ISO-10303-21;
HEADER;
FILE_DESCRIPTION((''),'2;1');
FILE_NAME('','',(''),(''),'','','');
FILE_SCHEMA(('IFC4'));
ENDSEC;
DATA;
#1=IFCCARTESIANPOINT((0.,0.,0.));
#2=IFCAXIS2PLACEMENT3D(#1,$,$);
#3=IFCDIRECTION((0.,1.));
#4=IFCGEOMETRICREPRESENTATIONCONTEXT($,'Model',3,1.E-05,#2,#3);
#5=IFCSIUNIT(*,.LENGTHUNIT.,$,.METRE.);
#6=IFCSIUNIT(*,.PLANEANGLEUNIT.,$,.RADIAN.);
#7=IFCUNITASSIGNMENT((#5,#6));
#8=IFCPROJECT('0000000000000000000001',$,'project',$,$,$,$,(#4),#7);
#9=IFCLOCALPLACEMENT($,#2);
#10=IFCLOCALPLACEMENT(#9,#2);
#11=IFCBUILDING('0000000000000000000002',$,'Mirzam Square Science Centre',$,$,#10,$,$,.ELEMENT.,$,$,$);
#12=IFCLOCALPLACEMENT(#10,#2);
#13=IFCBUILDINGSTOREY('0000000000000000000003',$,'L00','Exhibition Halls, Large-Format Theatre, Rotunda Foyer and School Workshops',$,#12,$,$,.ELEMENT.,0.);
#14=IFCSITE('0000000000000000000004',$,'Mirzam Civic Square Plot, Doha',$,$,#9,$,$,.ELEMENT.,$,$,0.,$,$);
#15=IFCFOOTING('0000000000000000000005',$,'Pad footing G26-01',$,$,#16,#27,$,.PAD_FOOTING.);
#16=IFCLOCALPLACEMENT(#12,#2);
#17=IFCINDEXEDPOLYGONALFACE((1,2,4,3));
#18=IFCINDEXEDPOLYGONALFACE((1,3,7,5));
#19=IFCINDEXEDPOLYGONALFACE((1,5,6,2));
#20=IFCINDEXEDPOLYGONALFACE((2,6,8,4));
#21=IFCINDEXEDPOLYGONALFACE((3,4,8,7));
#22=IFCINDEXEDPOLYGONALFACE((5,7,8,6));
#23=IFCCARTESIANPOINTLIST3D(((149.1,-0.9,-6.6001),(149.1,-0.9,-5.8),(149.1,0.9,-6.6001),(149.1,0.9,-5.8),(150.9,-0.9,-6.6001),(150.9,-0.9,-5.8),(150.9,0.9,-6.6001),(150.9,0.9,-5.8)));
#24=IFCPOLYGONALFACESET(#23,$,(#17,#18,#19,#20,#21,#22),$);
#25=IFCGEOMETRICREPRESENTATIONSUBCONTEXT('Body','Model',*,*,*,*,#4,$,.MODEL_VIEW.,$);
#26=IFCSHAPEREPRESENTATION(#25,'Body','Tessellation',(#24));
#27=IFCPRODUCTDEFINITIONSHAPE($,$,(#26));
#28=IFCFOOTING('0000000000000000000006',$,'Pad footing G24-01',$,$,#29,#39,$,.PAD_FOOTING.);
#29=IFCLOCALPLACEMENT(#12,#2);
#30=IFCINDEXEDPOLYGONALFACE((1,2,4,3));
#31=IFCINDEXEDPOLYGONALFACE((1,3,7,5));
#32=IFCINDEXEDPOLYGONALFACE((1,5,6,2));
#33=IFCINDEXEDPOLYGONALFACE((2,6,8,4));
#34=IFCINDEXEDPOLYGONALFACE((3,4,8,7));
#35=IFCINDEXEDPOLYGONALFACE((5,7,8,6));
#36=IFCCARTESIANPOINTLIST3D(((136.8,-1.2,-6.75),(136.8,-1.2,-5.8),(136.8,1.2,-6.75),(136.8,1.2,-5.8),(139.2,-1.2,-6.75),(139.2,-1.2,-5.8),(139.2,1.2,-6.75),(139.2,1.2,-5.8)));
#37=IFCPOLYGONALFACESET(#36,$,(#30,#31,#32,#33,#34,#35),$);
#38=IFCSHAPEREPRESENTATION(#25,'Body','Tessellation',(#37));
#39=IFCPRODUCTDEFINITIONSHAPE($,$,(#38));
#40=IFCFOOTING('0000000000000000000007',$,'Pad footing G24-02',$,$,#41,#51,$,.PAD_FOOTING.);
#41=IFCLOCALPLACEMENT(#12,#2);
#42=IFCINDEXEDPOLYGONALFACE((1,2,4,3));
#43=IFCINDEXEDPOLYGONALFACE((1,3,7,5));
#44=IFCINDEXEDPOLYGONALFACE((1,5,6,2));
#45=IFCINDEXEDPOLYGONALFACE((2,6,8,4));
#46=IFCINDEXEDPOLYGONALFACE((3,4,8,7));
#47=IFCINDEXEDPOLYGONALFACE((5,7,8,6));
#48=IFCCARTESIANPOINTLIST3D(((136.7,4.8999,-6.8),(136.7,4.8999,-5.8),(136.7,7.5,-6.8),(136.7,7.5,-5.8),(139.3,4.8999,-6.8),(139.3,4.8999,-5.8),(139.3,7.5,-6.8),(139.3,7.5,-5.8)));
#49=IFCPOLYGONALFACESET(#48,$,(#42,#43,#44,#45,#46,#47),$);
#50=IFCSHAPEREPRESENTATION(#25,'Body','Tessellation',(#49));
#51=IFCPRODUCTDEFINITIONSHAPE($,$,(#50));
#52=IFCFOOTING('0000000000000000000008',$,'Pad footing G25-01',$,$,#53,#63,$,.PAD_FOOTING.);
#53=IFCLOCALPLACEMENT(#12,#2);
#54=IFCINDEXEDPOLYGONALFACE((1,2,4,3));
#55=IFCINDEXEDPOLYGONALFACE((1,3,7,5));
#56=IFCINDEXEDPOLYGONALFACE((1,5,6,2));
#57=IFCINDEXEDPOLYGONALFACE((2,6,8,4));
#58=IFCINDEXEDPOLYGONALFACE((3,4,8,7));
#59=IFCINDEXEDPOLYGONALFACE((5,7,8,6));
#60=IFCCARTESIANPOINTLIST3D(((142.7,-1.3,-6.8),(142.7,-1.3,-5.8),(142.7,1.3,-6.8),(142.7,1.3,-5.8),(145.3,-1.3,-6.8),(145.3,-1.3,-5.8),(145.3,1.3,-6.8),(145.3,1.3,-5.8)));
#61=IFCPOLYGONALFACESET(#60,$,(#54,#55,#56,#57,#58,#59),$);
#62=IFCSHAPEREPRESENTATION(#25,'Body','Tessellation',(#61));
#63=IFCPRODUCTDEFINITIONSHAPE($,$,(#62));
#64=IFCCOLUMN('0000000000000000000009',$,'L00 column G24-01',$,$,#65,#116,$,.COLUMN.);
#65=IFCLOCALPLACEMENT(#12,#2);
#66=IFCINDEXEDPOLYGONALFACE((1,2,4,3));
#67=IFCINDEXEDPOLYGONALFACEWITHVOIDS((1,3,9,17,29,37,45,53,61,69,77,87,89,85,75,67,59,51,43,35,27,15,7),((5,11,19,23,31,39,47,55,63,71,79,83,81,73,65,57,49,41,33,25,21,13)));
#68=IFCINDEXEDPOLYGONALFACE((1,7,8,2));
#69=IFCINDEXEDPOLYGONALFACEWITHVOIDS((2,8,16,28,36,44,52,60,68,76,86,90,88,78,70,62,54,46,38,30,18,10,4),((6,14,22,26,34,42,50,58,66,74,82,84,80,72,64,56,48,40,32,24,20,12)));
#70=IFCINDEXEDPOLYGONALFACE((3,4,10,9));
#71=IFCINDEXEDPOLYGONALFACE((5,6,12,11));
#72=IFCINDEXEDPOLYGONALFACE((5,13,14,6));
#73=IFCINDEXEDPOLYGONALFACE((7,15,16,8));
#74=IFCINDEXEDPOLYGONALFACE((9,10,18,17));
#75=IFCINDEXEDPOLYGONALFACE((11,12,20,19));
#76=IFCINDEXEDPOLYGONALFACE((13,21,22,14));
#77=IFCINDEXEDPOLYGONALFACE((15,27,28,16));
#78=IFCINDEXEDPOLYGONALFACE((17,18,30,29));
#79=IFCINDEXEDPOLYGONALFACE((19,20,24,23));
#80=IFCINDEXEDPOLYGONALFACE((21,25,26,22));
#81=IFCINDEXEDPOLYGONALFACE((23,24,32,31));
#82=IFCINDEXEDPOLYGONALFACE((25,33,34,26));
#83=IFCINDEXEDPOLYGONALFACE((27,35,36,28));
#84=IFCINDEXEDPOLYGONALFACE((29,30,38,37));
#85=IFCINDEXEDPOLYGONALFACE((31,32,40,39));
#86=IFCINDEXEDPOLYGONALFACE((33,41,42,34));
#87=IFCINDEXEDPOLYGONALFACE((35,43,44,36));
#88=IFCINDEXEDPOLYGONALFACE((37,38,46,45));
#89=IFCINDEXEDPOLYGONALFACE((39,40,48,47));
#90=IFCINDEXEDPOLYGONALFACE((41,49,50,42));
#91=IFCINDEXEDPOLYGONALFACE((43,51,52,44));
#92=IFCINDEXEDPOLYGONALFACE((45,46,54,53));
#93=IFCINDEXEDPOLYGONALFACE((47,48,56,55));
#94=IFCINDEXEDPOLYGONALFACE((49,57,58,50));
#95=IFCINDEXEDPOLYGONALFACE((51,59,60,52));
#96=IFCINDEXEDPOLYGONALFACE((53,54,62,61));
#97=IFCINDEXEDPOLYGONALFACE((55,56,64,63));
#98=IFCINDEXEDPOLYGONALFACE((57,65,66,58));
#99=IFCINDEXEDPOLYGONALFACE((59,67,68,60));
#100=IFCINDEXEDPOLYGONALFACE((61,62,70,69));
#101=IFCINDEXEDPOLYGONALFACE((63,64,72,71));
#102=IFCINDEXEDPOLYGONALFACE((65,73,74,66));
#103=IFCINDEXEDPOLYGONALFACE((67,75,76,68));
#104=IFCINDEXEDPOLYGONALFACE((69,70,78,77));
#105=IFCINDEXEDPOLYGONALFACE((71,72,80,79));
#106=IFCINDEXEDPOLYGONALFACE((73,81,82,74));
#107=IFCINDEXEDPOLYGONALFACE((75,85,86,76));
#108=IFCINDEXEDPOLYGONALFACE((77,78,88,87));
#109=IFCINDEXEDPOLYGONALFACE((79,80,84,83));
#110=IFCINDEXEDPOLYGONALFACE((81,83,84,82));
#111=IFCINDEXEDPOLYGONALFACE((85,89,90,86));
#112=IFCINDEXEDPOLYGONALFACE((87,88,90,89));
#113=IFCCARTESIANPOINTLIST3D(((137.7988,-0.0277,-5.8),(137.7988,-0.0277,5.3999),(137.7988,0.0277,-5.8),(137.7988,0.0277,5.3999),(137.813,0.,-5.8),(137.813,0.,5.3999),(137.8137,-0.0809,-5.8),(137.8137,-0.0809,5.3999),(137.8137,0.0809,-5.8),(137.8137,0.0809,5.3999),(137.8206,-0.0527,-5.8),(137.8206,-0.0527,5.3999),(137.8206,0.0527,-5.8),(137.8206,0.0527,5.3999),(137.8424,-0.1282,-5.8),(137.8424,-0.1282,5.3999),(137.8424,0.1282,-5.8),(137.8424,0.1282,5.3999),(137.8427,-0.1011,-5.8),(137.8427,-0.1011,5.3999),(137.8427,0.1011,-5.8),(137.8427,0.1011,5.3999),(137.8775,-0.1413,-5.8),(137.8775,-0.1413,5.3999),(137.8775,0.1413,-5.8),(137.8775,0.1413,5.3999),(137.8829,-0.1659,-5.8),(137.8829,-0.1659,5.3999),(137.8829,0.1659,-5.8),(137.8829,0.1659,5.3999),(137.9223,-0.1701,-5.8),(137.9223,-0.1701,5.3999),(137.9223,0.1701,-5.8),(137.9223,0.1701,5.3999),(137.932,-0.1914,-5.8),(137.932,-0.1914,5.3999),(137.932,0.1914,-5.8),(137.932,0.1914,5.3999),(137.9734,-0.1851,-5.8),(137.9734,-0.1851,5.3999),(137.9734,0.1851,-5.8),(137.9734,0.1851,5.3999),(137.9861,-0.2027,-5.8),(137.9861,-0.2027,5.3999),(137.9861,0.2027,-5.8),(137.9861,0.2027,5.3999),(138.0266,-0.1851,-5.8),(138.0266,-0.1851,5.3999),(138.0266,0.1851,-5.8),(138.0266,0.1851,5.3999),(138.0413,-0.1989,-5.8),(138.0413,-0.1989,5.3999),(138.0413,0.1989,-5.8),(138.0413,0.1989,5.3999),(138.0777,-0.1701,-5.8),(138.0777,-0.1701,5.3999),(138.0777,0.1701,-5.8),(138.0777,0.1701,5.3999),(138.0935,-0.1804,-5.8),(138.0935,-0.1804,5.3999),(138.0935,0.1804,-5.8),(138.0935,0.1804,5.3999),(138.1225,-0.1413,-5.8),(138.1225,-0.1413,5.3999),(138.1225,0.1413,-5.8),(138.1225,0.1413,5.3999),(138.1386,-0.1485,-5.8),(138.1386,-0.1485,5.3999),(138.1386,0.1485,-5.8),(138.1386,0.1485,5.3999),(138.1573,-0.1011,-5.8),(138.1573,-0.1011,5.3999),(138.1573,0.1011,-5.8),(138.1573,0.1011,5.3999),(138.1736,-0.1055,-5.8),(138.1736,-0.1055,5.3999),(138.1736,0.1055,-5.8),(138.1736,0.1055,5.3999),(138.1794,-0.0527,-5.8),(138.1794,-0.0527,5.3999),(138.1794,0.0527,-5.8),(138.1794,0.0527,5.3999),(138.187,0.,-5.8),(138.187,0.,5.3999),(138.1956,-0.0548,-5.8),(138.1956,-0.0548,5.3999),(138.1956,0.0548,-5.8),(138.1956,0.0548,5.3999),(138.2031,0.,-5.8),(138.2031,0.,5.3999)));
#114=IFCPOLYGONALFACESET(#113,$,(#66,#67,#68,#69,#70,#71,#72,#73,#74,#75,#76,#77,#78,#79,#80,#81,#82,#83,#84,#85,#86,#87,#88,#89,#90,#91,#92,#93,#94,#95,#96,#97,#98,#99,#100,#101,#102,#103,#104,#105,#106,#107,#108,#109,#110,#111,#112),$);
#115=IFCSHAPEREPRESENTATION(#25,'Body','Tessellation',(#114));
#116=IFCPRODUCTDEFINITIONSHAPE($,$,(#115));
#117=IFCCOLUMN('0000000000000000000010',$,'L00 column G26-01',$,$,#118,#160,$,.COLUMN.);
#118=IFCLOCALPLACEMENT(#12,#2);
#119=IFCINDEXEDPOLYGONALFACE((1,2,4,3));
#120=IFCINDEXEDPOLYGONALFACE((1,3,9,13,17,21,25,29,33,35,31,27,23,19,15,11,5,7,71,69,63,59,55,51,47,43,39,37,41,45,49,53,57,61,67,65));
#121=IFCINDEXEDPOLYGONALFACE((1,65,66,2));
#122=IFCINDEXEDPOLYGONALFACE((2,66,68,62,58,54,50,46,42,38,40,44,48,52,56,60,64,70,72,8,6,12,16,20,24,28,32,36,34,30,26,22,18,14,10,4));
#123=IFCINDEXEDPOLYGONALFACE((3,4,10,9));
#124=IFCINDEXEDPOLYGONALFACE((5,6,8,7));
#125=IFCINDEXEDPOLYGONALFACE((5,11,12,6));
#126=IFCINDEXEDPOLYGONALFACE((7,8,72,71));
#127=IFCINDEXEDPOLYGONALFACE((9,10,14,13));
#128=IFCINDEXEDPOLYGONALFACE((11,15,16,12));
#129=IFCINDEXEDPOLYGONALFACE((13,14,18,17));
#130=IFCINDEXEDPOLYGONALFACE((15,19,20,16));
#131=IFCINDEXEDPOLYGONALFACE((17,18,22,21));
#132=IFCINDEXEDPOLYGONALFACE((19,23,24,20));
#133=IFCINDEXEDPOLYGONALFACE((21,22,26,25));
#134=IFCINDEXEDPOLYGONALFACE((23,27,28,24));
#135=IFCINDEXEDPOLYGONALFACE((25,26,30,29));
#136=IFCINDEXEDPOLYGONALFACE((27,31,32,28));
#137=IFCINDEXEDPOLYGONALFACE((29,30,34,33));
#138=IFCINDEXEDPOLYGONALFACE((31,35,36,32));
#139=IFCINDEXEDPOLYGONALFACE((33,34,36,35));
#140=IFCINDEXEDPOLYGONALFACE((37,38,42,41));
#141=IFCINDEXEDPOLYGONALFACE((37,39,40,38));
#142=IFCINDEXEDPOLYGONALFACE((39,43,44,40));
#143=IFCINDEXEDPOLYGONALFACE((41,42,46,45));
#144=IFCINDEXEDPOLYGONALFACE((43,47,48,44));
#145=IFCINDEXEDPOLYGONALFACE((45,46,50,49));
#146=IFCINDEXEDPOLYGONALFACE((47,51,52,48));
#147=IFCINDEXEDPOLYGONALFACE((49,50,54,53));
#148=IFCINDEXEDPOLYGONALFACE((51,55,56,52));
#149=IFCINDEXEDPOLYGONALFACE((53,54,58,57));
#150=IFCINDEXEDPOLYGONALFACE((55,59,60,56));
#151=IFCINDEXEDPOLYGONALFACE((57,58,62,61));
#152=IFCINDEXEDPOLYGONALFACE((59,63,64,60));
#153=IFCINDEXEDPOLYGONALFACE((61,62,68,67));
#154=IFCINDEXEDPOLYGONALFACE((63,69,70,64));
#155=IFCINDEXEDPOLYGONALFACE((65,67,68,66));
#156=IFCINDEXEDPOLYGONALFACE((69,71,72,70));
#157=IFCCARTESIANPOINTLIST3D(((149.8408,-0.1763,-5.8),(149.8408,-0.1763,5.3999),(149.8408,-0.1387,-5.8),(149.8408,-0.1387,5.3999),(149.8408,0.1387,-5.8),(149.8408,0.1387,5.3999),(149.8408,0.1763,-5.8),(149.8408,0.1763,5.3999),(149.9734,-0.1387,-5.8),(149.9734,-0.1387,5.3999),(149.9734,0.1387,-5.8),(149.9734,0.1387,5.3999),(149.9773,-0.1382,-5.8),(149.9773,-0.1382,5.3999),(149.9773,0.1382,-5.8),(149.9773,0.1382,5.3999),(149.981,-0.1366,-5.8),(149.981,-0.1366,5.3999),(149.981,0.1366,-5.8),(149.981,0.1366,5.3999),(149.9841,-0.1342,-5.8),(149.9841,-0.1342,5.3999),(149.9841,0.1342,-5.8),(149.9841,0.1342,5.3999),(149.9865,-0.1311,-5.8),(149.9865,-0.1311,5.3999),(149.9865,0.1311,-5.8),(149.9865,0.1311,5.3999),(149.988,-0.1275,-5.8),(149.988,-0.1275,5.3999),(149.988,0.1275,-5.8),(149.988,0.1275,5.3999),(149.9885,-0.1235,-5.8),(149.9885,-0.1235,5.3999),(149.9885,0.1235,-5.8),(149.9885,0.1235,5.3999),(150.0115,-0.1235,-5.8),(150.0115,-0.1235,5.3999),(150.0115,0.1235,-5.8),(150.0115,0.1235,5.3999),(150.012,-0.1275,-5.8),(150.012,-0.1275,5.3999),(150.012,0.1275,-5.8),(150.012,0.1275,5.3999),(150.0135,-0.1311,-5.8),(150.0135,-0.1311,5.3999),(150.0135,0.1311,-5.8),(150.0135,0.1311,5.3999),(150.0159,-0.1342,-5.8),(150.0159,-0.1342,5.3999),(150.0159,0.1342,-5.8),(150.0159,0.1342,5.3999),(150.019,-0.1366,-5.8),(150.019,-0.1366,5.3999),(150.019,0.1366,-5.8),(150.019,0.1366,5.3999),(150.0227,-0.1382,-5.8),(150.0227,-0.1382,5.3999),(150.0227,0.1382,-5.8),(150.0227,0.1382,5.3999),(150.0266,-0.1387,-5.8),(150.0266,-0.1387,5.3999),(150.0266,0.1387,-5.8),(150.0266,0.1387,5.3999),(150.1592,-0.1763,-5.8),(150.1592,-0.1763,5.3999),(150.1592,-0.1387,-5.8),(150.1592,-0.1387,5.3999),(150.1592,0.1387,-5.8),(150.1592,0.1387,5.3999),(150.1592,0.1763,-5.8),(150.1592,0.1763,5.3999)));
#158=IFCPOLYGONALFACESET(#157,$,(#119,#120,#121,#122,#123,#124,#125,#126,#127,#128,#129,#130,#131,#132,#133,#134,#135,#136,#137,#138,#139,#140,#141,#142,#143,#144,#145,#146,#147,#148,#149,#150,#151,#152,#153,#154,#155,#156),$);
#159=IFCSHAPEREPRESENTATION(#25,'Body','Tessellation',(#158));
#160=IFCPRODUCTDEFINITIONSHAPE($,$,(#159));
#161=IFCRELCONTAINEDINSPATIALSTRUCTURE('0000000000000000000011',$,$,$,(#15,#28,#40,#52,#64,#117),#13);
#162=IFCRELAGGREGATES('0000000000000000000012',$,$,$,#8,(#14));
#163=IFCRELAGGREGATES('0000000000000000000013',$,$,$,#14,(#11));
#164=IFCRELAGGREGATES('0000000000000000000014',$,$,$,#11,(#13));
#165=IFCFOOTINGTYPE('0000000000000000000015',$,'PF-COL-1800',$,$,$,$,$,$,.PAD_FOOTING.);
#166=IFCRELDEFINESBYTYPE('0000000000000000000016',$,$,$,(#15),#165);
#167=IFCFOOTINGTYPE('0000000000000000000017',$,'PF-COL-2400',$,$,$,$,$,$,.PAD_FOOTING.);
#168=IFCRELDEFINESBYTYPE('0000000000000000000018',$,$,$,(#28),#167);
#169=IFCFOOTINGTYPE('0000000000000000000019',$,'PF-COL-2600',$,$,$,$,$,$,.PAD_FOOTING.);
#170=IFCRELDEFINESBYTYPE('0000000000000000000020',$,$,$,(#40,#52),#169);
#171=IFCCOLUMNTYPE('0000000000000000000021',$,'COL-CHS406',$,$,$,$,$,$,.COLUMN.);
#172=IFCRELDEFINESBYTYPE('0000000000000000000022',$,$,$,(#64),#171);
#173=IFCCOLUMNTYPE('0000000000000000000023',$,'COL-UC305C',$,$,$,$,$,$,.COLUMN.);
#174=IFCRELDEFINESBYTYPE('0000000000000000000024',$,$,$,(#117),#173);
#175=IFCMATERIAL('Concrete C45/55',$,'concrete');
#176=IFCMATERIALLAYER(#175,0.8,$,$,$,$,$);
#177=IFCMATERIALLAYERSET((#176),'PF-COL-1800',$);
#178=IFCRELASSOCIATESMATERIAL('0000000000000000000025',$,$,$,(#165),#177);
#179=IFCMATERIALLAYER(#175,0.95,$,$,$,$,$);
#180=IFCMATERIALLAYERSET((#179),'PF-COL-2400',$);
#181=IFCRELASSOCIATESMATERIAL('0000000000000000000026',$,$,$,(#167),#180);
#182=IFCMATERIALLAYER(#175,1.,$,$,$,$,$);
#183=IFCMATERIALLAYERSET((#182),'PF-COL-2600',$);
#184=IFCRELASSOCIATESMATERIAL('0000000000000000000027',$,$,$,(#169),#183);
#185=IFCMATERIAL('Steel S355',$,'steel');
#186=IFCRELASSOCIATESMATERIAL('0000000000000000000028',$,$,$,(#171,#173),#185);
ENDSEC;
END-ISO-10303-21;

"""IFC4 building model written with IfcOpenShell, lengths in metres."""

from ifc_helpers import new_model, si_unit, direction, frame, origin, origin_2d, place, context, subcontext, project, spatial, rectangle, hollow_circle, i_section, extrude, material, layer, layer_set, material_profile, profile_set, type_object, element, save


model = new_model("IFC4")

# Units and contexts
model_context = context("Model", 3, precision=1e-05, world=origin(), true_north=direction((0.0, 1.0)))
body_context = subcontext(model_context, "Body", "Model", "MODEL_VIEW")
ifc_project = project(units=[si_unit("LENGTHUNIT", "METRE"), si_unit("PLANEANGLEUNIT", "RADIAN")], contexts=[model_context])

# Site, building, storey
site_placement = place(None, origin())
site = spatial("IfcSite", under=ifc_project, at=site_placement, Name="Mirzam Civic Square Plot, Doha", CompositionType="ELEMENT", RefElevation=0.0)
building_placement = place(site_placement, origin())
building = spatial("IfcBuilding", under=site, at=building_placement, Name="Mirzam Square Science Centre", CompositionType="ELEMENT")
storey_placement = place(building_placement, origin())
storey = spatial("IfcBuildingStorey", under=building, at=storey_placement, Name="L00", Description="Exhibition Halls, Large-Format Theatre, Rotunda Foyer and School Workshops", CompositionType="ELEMENT", Elevation=0.0)

# Footings
ifc_material_1 = material(Name="Concrete C45/55", Category="concrete")
ifc_layer_1 = layer(ifc_material_1, 0.8)
ifc_layer_set_1 = layer_set([ifc_layer_1], Name="PF-COL-1800")
footing_type_1 = type_object("IfcFootingType", Name="PF-COL-1800", PredefinedType="PAD_FOOTING", material=ifc_layer_set_1)
footing_1_placement = place(storey_placement, frame((150.0, 0.0, -6.6001), z_axis=(0.0, 0.0, 1.0), x_axis=(1.0, 0.0, 0.0)))
element("IfcFooting", 1, at=footing_1_placement, inside=storey, type_object=footing_type_1, Name="Pad footing G26-01", PredefinedType="PAD_FOOTING", context=body_context, shape_type="SweptSolid", body=[
    extrude(rectangle(XDim=1.8, YDim=1.8, at=origin_2d()), origin(), (0.0, 0.0, 1.0), 0.8),
])
ifc_layer_2 = layer(ifc_material_1, 0.95)
ifc_layer_set_2 = layer_set([ifc_layer_2], Name="PF-COL-2400")
footing_type_2 = type_object("IfcFootingType", Name="PF-COL-2400", PredefinedType="PAD_FOOTING", material=ifc_layer_set_2)
footing_2_placement = place(storey_placement, frame((138.0, 0.0, -6.75), z_axis=(0.0, 0.0, 1.0), x_axis=(1.0, 0.0, 0.0)))
element("IfcFooting", 2, at=footing_2_placement, inside=storey, type_object=footing_type_2, Name="Pad footing G24-01", PredefinedType="PAD_FOOTING", context=body_context, shape_type="SweptSolid", body=[
    extrude(rectangle(XDim=2.3999, YDim=2.3999, at=origin_2d()), origin(), (0.0, 0.0, 1.0), 0.95),
])
ifc_layer_3 = layer(ifc_material_1, 1.0)
ifc_layer_set_3 = layer_set([ifc_layer_3], Name="PF-COL-2600")
footing_type_3 = type_object("IfcFootingType", Name="PF-COL-2600", PredefinedType="PAD_FOOTING", material=ifc_layer_set_3)
for number, where, z_axis, x_axis, name in (
    (3, (138.0, 6.2, -6.8), (0.0, 0.0, 1.0), (1.0, 0.0, 0.0), "Pad footing G24-02"),
    (4, (144.0, 0.0, -6.8), (0.0, 0.0, 1.0), (1.0, 0.0, 0.0), "Pad footing G25-01"),
):
    element("IfcFooting", number, at=place(storey_placement, frame(where, z_axis=z_axis, x_axis=x_axis)), inside=storey, type_object=footing_type_3, Name=name, PredefinedType="PAD_FOOTING", context=body_context, shape_type="SweptSolid", body=[
        extrude(rectangle(XDim=2.6001, YDim=2.6001, at=origin_2d()), origin(), (0.0, 0.0, 1.0), 1.0),
    ])

# Columns
ifc_material_2 = material(Name="Steel S355", Category="steel")
ifc_material_profile_1 = material_profile(ifc_material_2, hollow_circle(Radius=0.2031, WallThickness=0.0161, at=origin_2d()), Name="406.4x16.0CHS")
ifc_profile_set_1 = profile_set([ifc_material_profile_1], Name="Steel S355")
column_type_1 = type_object("IfcColumnType", Name="COL-CHS406", PredefinedType="COLUMN", material=ifc_profile_set_1)
column_1_placement = place(storey_placement, frame((138.0, 0.0, -5.8), z_axis=(0.0, 0.0, 1.0), x_axis=(1.0, 0.0, 0.0)))
element("IfcColumn", 5, at=column_1_placement, inside=storey, type_object=column_type_1, Name="L00 column G24-01", PredefinedType="COLUMN", context=body_context, shape_type="SweptSolid", body=[
    extrude(hollow_circle(Radius=0.2031, WallThickness=0.0161, at=origin_2d()), origin(), (0.0, 0.0, 1.0), 11.2),
])
ifc_material_profile_2 = material_profile(ifc_material_2, i_section(OverallWidth=0.3184, OverallDepth=0.3525, WebThickness=0.0229, FlangeThickness=0.0376, FilletRadius=0.0151, at=origin_2d()), Name="305x305x240UC")
ifc_profile_set_2 = profile_set([ifc_material_profile_2], Name="Steel S355")
column_type_2 = type_object("IfcColumnType", Name="COL-UC305C", PredefinedType="COLUMN", material=ifc_profile_set_2)
column_2_placement = place(storey_placement, frame((150.0, 0.0, -5.8), z_axis=(0.0, 0.0, 1.0), x_axis=(1.0, 0.0, 0.0)))
element("IfcColumn", 6, at=column_2_placement, inside=storey, type_object=column_type_2, Name="L00 column G26-01", PredefinedType="COLUMN", context=body_context, shape_type="SweptSolid", body=[
    extrude(i_section(OverallWidth=0.3184, OverallDepth=0.3525, WebThickness=0.0229, FlangeThickness=0.0376, FilletRadius=0.0151, at=origin_2d()), origin(), (0.0, 0.0, 1.0), 11.2),
])

save(model, "model.ifc")
